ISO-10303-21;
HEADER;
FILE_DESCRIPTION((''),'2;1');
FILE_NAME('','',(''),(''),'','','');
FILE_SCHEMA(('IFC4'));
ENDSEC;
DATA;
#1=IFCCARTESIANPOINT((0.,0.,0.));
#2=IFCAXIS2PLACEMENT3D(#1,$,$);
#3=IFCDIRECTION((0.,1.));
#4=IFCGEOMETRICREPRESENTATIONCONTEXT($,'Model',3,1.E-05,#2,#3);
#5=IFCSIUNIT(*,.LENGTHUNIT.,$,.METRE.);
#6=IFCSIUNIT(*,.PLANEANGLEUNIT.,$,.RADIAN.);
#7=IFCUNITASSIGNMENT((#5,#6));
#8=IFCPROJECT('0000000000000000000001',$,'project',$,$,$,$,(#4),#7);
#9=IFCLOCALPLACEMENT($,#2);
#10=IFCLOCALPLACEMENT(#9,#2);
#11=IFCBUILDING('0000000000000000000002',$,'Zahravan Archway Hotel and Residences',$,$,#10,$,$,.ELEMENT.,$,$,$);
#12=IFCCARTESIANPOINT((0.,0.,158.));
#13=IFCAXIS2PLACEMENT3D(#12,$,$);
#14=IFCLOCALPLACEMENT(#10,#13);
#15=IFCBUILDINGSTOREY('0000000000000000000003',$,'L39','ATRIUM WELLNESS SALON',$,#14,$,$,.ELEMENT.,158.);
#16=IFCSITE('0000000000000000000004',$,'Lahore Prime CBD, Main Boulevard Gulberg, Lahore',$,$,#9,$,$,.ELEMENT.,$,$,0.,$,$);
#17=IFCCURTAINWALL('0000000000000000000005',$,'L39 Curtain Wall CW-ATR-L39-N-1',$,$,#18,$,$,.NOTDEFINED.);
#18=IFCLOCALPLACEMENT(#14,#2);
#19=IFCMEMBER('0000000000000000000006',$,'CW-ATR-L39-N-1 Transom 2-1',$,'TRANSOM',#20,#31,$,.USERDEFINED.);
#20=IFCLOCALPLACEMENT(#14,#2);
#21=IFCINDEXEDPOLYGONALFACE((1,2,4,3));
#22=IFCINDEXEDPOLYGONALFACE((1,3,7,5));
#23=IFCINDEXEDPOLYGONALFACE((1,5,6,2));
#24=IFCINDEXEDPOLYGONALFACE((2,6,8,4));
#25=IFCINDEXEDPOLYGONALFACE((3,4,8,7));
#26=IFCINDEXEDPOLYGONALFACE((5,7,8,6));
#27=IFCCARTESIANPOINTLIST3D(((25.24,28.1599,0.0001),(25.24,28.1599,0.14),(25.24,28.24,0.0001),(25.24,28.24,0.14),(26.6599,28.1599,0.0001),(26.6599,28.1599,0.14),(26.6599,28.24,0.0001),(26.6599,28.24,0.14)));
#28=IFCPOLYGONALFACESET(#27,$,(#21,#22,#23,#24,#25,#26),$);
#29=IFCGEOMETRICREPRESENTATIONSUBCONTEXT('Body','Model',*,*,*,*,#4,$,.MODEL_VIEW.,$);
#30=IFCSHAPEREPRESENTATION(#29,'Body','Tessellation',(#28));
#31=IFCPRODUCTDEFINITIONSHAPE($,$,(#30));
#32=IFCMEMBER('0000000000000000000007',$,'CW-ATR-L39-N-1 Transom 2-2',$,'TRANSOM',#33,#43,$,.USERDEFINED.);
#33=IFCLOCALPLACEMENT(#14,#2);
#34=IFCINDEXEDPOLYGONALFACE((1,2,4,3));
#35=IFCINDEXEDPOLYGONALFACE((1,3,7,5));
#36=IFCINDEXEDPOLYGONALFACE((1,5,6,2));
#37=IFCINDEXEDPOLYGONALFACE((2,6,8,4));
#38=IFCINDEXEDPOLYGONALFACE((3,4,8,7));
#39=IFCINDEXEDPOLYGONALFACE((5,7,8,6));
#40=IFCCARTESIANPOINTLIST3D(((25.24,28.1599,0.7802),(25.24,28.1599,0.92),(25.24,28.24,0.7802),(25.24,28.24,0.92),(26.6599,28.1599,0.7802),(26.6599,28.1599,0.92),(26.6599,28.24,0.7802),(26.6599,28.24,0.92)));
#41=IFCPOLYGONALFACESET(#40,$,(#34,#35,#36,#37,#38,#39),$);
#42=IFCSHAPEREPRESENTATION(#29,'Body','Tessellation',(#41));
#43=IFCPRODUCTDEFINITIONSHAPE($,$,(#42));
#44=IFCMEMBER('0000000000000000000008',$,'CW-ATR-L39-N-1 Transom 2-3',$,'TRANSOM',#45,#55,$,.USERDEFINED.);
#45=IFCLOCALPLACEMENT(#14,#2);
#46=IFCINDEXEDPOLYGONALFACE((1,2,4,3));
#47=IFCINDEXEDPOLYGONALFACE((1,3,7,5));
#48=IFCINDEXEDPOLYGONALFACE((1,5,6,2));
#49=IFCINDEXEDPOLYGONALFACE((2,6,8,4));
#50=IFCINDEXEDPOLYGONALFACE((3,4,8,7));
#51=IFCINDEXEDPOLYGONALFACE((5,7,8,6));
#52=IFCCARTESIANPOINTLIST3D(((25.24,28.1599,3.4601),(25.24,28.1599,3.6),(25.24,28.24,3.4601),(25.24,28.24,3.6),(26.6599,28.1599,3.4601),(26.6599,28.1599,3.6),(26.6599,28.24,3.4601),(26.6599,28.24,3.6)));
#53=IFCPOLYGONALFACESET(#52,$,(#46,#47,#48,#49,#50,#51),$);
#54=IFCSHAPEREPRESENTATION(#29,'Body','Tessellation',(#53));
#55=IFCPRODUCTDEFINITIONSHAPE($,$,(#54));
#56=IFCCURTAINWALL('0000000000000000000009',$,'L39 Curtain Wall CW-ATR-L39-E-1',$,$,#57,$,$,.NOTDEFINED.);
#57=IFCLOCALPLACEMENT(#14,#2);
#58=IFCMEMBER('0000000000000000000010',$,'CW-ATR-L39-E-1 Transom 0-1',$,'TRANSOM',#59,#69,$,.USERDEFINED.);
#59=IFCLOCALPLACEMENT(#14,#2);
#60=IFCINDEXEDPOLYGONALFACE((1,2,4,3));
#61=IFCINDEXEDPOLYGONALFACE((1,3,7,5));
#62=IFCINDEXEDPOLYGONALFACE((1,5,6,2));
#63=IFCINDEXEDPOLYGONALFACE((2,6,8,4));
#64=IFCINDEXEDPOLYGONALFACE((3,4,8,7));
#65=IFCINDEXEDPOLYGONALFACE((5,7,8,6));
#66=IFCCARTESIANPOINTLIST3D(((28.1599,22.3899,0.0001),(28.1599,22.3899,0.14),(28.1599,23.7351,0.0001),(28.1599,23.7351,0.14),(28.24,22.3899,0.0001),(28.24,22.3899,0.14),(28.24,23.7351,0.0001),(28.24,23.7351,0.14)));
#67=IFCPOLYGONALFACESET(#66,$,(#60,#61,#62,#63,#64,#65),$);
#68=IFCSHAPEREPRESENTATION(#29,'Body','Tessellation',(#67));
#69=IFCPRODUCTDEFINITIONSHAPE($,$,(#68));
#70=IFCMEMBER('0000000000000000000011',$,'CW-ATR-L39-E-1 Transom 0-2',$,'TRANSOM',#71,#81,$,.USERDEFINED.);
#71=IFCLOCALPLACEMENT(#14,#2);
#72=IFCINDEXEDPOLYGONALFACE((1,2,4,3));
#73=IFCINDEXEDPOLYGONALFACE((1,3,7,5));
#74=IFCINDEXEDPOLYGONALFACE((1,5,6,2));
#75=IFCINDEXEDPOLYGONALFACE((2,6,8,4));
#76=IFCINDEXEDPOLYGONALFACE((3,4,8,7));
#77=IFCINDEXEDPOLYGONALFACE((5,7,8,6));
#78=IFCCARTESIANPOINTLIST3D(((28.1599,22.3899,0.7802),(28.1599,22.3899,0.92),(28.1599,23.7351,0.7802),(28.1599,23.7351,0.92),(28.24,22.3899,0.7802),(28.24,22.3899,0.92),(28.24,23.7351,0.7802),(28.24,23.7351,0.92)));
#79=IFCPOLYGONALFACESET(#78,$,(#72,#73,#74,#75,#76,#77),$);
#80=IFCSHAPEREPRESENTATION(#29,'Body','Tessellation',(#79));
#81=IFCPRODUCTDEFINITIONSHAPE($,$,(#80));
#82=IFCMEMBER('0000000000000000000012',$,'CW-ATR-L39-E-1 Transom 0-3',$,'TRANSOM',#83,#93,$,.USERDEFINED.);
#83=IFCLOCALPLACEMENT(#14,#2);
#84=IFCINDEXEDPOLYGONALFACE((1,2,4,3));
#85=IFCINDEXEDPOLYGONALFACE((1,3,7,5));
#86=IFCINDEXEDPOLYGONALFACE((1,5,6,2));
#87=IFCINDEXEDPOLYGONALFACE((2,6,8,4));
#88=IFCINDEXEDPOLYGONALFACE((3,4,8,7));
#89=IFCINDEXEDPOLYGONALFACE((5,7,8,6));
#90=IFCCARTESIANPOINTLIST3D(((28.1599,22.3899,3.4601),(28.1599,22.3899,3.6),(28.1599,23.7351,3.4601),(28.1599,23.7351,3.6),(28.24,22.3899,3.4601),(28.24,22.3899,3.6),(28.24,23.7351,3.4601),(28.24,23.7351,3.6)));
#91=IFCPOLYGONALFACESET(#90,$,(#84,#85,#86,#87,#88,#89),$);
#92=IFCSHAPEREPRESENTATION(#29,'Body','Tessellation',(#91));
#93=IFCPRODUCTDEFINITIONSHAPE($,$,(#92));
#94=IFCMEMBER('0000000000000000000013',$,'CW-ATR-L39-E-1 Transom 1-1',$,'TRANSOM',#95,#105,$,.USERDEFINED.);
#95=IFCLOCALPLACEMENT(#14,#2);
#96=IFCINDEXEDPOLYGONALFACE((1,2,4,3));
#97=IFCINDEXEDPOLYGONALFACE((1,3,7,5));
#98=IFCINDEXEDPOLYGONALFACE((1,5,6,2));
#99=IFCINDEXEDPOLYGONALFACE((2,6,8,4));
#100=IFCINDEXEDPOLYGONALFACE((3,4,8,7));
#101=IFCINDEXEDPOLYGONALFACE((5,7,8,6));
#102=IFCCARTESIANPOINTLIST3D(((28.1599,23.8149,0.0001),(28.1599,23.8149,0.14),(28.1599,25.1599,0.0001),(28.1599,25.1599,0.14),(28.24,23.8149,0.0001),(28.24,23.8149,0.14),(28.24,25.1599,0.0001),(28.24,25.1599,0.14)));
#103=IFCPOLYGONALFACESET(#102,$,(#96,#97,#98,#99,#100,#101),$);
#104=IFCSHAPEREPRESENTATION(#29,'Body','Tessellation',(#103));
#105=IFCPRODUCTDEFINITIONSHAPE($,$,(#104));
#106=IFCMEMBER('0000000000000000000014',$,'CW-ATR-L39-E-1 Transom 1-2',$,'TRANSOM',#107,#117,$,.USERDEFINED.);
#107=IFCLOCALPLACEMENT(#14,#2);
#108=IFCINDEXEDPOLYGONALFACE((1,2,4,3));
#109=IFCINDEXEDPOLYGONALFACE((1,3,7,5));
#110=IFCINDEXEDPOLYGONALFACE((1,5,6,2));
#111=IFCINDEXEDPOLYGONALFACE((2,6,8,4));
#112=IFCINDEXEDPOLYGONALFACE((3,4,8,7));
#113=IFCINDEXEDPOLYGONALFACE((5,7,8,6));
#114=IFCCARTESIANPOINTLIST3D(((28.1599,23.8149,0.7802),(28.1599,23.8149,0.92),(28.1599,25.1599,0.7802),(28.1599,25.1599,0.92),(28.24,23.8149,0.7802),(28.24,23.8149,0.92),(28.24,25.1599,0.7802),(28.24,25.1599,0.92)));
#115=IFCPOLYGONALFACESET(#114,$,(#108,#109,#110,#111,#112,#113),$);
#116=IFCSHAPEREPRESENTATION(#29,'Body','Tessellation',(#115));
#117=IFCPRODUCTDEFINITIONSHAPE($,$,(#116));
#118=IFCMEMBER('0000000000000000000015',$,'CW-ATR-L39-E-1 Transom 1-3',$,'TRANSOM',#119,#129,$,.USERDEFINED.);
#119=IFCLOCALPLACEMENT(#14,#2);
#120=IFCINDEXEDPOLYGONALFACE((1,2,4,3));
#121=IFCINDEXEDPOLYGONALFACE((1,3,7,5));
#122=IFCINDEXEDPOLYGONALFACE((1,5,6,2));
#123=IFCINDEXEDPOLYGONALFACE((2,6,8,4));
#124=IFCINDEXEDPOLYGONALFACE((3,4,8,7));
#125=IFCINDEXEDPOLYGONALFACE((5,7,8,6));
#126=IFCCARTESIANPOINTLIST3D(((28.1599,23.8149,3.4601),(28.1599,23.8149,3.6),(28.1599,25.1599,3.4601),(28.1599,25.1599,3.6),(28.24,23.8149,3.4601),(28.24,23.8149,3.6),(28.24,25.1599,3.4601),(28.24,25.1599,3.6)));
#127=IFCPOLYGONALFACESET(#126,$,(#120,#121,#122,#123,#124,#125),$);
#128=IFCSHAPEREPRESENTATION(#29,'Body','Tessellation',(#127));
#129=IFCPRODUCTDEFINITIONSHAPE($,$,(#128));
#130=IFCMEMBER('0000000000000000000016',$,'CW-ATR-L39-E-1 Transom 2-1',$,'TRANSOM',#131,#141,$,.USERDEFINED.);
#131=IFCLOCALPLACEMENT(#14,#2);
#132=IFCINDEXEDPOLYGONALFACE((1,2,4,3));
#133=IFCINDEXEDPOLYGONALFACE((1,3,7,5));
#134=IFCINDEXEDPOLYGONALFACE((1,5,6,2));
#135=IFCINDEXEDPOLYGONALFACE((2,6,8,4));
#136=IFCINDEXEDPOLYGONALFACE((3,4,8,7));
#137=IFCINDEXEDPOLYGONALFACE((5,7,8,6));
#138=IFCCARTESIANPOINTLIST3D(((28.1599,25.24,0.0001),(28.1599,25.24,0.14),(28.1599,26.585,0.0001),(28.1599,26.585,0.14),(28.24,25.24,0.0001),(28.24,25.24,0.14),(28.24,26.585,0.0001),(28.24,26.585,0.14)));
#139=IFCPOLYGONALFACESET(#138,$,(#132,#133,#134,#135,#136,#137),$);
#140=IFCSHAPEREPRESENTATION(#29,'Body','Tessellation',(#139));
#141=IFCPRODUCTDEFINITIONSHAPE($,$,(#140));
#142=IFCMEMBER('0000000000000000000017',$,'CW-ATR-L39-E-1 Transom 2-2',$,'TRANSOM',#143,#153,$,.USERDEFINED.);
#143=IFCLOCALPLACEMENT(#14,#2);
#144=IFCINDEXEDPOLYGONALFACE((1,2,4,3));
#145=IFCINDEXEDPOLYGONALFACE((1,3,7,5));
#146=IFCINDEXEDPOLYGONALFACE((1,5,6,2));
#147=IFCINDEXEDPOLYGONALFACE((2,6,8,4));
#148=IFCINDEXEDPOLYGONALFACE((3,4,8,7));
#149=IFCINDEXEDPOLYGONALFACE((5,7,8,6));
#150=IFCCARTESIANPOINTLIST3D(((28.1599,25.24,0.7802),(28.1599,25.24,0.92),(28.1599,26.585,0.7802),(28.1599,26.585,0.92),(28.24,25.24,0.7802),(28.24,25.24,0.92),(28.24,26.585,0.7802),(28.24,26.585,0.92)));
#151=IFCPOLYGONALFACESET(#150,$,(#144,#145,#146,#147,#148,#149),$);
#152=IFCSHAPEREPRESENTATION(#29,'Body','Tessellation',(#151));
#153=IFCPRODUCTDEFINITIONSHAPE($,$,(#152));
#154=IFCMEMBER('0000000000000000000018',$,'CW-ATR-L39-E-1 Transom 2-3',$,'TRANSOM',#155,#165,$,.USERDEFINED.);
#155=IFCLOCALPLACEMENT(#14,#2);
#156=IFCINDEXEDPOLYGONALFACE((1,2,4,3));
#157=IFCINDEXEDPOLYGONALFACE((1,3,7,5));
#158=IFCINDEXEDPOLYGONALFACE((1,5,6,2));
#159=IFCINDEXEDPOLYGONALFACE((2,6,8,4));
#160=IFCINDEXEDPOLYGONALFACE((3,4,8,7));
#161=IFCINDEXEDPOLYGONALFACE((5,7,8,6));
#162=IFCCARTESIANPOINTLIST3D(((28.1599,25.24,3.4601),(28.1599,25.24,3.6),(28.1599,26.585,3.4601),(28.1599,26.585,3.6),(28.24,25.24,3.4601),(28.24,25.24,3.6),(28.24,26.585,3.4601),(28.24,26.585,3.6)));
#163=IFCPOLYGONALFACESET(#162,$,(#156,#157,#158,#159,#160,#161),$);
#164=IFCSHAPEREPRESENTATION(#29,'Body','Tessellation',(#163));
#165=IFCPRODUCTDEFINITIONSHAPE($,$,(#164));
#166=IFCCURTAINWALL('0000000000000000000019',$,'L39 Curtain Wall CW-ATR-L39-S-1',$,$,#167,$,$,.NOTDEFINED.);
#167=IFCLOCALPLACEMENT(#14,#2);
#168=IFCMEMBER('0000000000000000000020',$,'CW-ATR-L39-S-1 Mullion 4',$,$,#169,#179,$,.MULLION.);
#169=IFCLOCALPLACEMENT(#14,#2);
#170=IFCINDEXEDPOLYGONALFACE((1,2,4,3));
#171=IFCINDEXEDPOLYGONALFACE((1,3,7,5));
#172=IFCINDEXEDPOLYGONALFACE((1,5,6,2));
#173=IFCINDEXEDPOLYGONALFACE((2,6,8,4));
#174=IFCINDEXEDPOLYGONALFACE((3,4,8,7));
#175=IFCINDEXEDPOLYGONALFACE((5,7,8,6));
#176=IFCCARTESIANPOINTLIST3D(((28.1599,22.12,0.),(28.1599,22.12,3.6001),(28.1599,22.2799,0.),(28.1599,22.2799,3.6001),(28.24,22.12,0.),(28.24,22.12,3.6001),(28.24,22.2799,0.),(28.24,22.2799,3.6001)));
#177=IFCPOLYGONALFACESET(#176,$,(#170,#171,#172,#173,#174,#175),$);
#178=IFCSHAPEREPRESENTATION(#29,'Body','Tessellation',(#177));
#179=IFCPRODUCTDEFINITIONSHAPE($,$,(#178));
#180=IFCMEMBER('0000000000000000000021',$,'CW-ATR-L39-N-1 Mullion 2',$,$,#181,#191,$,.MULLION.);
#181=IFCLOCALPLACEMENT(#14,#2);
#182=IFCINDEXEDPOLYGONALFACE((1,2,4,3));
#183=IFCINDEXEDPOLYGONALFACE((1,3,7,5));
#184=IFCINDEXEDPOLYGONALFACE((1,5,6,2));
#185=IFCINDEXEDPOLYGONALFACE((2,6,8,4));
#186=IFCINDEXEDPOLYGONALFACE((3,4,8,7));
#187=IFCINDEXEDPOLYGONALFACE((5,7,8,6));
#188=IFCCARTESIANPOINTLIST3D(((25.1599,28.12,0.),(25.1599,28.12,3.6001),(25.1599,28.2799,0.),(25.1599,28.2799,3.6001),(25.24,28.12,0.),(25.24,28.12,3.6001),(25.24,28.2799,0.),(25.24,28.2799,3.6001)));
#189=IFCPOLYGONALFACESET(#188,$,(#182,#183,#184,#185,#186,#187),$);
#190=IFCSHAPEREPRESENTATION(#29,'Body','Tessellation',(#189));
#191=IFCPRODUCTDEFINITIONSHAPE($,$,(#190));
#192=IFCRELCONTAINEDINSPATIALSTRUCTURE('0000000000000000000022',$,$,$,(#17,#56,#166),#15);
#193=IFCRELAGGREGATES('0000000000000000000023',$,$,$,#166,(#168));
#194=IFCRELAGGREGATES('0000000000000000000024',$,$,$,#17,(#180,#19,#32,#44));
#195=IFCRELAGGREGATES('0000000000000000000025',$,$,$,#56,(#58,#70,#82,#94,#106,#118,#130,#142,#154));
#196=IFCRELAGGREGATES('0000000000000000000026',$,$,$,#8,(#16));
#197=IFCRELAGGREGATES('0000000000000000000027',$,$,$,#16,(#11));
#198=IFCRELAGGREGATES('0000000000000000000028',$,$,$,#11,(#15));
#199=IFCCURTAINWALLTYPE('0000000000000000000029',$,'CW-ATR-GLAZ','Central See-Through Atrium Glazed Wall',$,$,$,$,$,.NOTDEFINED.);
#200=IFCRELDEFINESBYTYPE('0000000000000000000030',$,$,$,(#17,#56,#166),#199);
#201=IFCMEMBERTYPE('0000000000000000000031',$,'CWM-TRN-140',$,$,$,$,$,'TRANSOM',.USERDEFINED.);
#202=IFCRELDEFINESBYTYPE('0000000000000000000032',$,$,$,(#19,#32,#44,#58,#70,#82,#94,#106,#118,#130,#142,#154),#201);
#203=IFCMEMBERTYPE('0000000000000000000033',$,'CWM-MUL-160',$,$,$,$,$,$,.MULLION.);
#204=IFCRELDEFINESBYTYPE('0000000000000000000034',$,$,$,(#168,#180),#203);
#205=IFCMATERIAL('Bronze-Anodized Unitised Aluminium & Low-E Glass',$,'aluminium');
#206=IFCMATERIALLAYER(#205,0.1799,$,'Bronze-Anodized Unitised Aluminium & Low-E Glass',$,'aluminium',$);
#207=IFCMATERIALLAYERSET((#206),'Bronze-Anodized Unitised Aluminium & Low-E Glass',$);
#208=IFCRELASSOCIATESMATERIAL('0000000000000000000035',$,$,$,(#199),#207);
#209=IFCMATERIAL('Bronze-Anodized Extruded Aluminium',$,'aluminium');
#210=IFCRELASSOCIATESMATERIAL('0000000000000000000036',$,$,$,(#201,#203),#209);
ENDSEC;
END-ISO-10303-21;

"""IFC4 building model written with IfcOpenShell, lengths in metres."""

from ifc_helpers import new_model, si_unit, direction, frame, origin, origin_2d, place, context, subcontext, project, spatial, rectangle, extrude, source, transform, mapped, material, layer, layer_set, material_profile, profile_set, type_object, element, aggregate, save


model = new_model("IFC4")

# Units and contexts
model_context = context("Model", 3, precision=1e-05, world=origin(), true_north=direction((0.0, 1.0)))
body_context = subcontext(model_context, "Body", "Model", "MODEL_VIEW")
ifc_project = project(units=[si_unit("LENGTHUNIT", "METRE"), si_unit("PLANEANGLEUNIT", "RADIAN")], contexts=[model_context])

# Site, building, storey
site_placement = place(None, origin())
site = spatial("IfcSite", under=ifc_project, at=site_placement, Name="Lahore Prime CBD, Main Boulevard Gulberg, Lahore", CompositionType="ELEMENT", RefElevation=0.0)
building_placement = place(site_placement, origin())
building = spatial("IfcBuilding", under=site, at=building_placement, Name="Zahravan Archway Hotel and Residences", CompositionType="ELEMENT")
storey_placement = place(building_placement, frame((0.0, 0.0, 158.0)))
storey = spatial("IfcBuildingStorey", under=building, at=storey_placement, Name="L39", Description="ATRIUM WELLNESS SALON", CompositionType="ELEMENT", Elevation=158.0)

# Curtain walls, members
ifc_material_1 = material(Name="Bronze-Anodized Unitised Aluminium & Low-E Glass", Category="aluminium")
ifc_layer_1 = layer(ifc_material_1, 0.1799, Name="Bronze-Anodized Unitised Aluminium & Low-E Glass", Category="aluminium")
ifc_layer_set_1 = layer_set([ifc_layer_1], Name="Bronze-Anodized Unitised Aluminium & Low-E Glass")
curtain_wall_type = type_object("IfcCurtainWallType", Name="CW-ATR-GLAZ", Description="Central See-Through Atrium Glazed Wall", PredefinedType="NOTDEFINED", material=ifc_layer_set_1)
curtain_wall_1_placement = place(storey_placement, origin())
curtain_wall_1 = element("IfcCurtainWall", 1, at=curtain_wall_1_placement, inside=storey, type_object=curtain_wall_type, Name="L39 Curtain Wall CW-ATR-L39-N-1", PredefinedType="NOTDEFINED")
ifc_material_2 = material(Name="Bronze-Anodized Extruded Aluminium", Category="aluminium")
ifc_material_profile_1 = material_profile(ifc_material_2, rectangle(XDim=0.0801, YDim=0.1399, at=origin_2d()), Name="TRN 80x140", Category="aluminium")
ifc_profile_set_1 = profile_set([ifc_material_profile_1], Name="Bronze-Anodized Extruded Aluminium")
member_type_1 = type_object("IfcMemberType", Name="CWM-TRN-140", ElementType="TRANSOM", PredefinedType="USERDEFINED", material=ifc_profile_set_1)
shared_shape_1 = source(origin(), body_context, "Body", "SweptSolid", [
    extrude(rectangle(XDim=0.0801, YDim=0.1399, at=origin_2d()), origin(), (0.0, 0.0, 1.0), 1.4199),
])
member_1_placement = place(storey_placement, frame((25.24, 28.2, 0.0701), z_axis=(1.0, 0.0, 0.0), x_axis=(0.0, 1.0, 0.0)))
member_1 = element("IfcMember", 2, at=member_1_placement, type_object=member_type_1, Name="CW-ATR-L39-N-1 Transom 2-1", ObjectType="TRANSOM", PredefinedType="USERDEFINED", context=body_context, shape_type="MappedRepresentation", body=[
    mapped(shared_shape_1, transform((0.0, 0.0, 0.0), scale=1.0)),
])
member_2_placement = place(storey_placement, frame((25.24, 28.2, 0.8501), z_axis=(1.0, 0.0, 0.0), x_axis=(0.0, 1.0, 0.0)))
member_2 = element("IfcMember", 3, at=member_2_placement, type_object=member_type_1, Name="CW-ATR-L39-N-1 Transom 2-2", ObjectType="TRANSOM", PredefinedType="USERDEFINED", context=body_context, shape_type="MappedRepresentation", body=[
    mapped(shared_shape_1, transform((0.0, 0.0, 0.0), scale=1.0)),
])
member_3_placement = place(storey_placement, frame((25.24, 28.2, 3.53), z_axis=(1.0, 0.0, 0.0), x_axis=(0.0, 1.0, 0.0)))
member_3 = element("IfcMember", 4, at=member_3_placement, type_object=member_type_1, Name="CW-ATR-L39-N-1 Transom 2-3", ObjectType="TRANSOM", PredefinedType="USERDEFINED", context=body_context, shape_type="MappedRepresentation", body=[
    mapped(shared_shape_1, transform((0.0, 0.0, 0.0), scale=1.0)),
])
curtain_wall_2_placement = place(storey_placement, origin())
curtain_wall_2 = element("IfcCurtainWall", 5, at=curtain_wall_2_placement, inside=storey, type_object=curtain_wall_type, Name="L39 Curtain Wall CW-ATR-L39-E-1", PredefinedType="NOTDEFINED")
shared_shape_2 = source(origin(), body_context, "Body", "SweptSolid", [
    extrude(rectangle(XDim=0.0801, YDim=0.1399, at=origin_2d()), origin(), (0.0, 0.0, 1.0), 1.3452),
])
member_4_placement = place(storey_placement, frame((28.2, 22.3899, 0.0701), z_axis=(0.0, 1.0, 0.0), x_axis=(-1.0, 0.0, 0.0)))
member_4 = element("IfcMember", 6, at=member_4_placement, type_object=member_type_1, Name="CW-ATR-L39-E-1 Transom 0-1", ObjectType="TRANSOM", PredefinedType="USERDEFINED", context=body_context, shape_type="MappedRepresentation", body=[
    mapped(shared_shape_2, transform((0.0, 0.0, 0.0), scale=1.0)),
])
member_5_placement = place(storey_placement, frame((28.2, 22.3899, 0.8501), z_axis=(0.0, 1.0, 0.0), x_axis=(-1.0, 0.0, 0.0)))
member_5 = element("IfcMember", 7, at=member_5_placement, type_object=member_type_1, Name="CW-ATR-L39-E-1 Transom 0-2", ObjectType="TRANSOM", PredefinedType="USERDEFINED", context=body_context, shape_type="MappedRepresentation", body=[
    mapped(shared_shape_2, transform((0.0, 0.0, 0.0), scale=1.0)),
])
member_6_placement = place(storey_placement, frame((28.2, 22.3899, 3.53), z_axis=(0.0, 1.0, 0.0), x_axis=(-1.0, 0.0, 0.0)))
member_6 = element("IfcMember", 8, at=member_6_placement, type_object=member_type_1, Name="CW-ATR-L39-E-1 Transom 0-3", ObjectType="TRANSOM", PredefinedType="USERDEFINED", context=body_context, shape_type="MappedRepresentation", body=[
    mapped(shared_shape_2, transform((0.0, 0.0, 0.0), scale=1.0)),
])
shared_shape_3 = source(origin(), body_context, "Body", "SweptSolid", [
    extrude(rectangle(XDim=0.0801, YDim=0.1399, at=origin_2d()), origin(), (0.0, 0.0, 1.0), 1.345),
])
member_7_placement = place(storey_placement, frame((28.2, 23.8149, 0.0701), z_axis=(0.0, 1.0, 0.0), x_axis=(-1.0, 0.0, 0.0)))
member_7 = element("IfcMember", 9, at=member_7_placement, type_object=member_type_1, Name="CW-ATR-L39-E-1 Transom 1-1", ObjectType="TRANSOM", PredefinedType="USERDEFINED", context=body_context, shape_type="MappedRepresentation", body=[
    mapped(shared_shape_3, transform((0.0, 0.0, 0.0), scale=1.0)),
])
member_8_placement = place(storey_placement, frame((28.2, 23.8149, 0.8501), z_axis=(0.0, 1.0, 0.0), x_axis=(-1.0, 0.0, 0.0)))
member_8 = element("IfcMember", 10, at=member_8_placement, type_object=member_type_1, Name="CW-ATR-L39-E-1 Transom 1-2", ObjectType="TRANSOM", PredefinedType="USERDEFINED", context=body_context, shape_type="MappedRepresentation", body=[
    mapped(shared_shape_3, transform((0.0, 0.0, 0.0), scale=1.0)),
])
member_9_placement = place(storey_placement, frame((28.2, 23.8149, 3.53), z_axis=(0.0, 1.0, 0.0), x_axis=(-1.0, 0.0, 0.0)))
member_9 = element("IfcMember", 11, at=member_9_placement, type_object=member_type_1, Name="CW-ATR-L39-E-1 Transom 1-3", ObjectType="TRANSOM", PredefinedType="USERDEFINED", context=body_context, shape_type="MappedRepresentation", body=[
    mapped(shared_shape_3, transform((0.0, 0.0, 0.0), scale=1.0)),
])
member_10_placement = place(storey_placement, frame((28.2, 25.24, 0.0701), z_axis=(0.0, 1.0, 0.0), x_axis=(-1.0, 0.0, 0.0)))
member_10 = element("IfcMember", 12, at=member_10_placement, type_object=member_type_1, Name="CW-ATR-L39-E-1 Transom 2-1", ObjectType="TRANSOM", PredefinedType="USERDEFINED", context=body_context, shape_type="MappedRepresentation", body=[
    mapped(shared_shape_3, transform((0.0, 0.0, 0.0), scale=1.0)),
])
member_11_placement = place(storey_placement, frame((28.2, 25.24, 0.8501), z_axis=(0.0, 1.0, 0.0), x_axis=(-1.0, 0.0, 0.0)))
member_11 = element("IfcMember", 13, at=member_11_placement, type_object=member_type_1, Name="CW-ATR-L39-E-1 Transom 2-2", ObjectType="TRANSOM", PredefinedType="USERDEFINED", context=body_context, shape_type="MappedRepresentation", body=[
    mapped(shared_shape_3, transform((0.0, 0.0, 0.0), scale=1.0)),
])
member_12_placement = place(storey_placement, frame((28.2, 25.24, 3.53), z_axis=(0.0, 1.0, 0.0), x_axis=(-1.0, 0.0, 0.0)))
member_12 = element("IfcMember", 14, at=member_12_placement, type_object=member_type_1, Name="CW-ATR-L39-E-1 Transom 2-3", ObjectType="TRANSOM", PredefinedType="USERDEFINED", context=body_context, shape_type="MappedRepresentation", body=[
    mapped(shared_shape_3, transform((0.0, 0.0, 0.0), scale=1.0)),
])

# Curtain wall, member
curtain_wall_3_placement = place(storey_placement, origin())
curtain_wall_3 = element("IfcCurtainWall", 15, at=curtain_wall_3_placement, inside=storey, type_object=curtain_wall_type, Name="L39 Curtain Wall CW-ATR-L39-S-1", PredefinedType="NOTDEFINED")
ifc_material_profile_2 = material_profile(ifc_material_2, rectangle(XDim=0.0801, YDim=0.1599, at=origin_2d()), Name="MUL 80x160", Category="aluminium")
ifc_profile_set_2 = profile_set([ifc_material_profile_2], Name="Bronze-Anodized Extruded Aluminium")
member_type_2 = type_object("IfcMemberType", Name="CWM-MUL-160", PredefinedType="MULLION", material=ifc_profile_set_2)
shared_shape_4 = source(origin(), body_context, "Body", "SweptSolid", [
    extrude(rectangle(XDim=0.0801, YDim=0.1599, at=origin_2d()), origin(), (0.0, 0.0, 1.0), 3.6001),
])
member_13_placement = place(storey_placement, frame((28.2, 22.2, 0.0), z_axis=(0.0, 0.0, 1.0), x_axis=(1.0, 0.0, 0.0)))
member_13 = element("IfcMember", 16, at=member_13_placement, type_object=member_type_2, Name="CW-ATR-L39-S-1 Mullion 4", PredefinedType="MULLION", context=body_context, shape_type="MappedRepresentation", body=[
    mapped(shared_shape_4, transform((0.0, 0.0, 0.0), scale=1.0)),
])

# Member
member_14_placement = place(storey_placement, frame((25.2, 28.2, 0.0), z_axis=(0.0, 0.0, 1.0), x_axis=(1.0, 0.0, 0.0)))
member_14 = element("IfcMember", 17, at=member_14_placement, type_object=member_type_2, Name="CW-ATR-L39-N-1 Mullion 2", PredefinedType="MULLION", context=body_context, shape_type="MappedRepresentation", body=[
    mapped(shared_shape_4, transform((0.0, 0.0, 0.0), scale=1.0)),
])

aggregate(curtain_wall_3, [member_13])
aggregate(curtain_wall_1, [member_14, member_1, member_2, member_3])
aggregate(curtain_wall_2, [member_4, member_5, member_6, member_7, member_8, member_9, member_10, member_11, member_12])

save(model, "model.ifc")
